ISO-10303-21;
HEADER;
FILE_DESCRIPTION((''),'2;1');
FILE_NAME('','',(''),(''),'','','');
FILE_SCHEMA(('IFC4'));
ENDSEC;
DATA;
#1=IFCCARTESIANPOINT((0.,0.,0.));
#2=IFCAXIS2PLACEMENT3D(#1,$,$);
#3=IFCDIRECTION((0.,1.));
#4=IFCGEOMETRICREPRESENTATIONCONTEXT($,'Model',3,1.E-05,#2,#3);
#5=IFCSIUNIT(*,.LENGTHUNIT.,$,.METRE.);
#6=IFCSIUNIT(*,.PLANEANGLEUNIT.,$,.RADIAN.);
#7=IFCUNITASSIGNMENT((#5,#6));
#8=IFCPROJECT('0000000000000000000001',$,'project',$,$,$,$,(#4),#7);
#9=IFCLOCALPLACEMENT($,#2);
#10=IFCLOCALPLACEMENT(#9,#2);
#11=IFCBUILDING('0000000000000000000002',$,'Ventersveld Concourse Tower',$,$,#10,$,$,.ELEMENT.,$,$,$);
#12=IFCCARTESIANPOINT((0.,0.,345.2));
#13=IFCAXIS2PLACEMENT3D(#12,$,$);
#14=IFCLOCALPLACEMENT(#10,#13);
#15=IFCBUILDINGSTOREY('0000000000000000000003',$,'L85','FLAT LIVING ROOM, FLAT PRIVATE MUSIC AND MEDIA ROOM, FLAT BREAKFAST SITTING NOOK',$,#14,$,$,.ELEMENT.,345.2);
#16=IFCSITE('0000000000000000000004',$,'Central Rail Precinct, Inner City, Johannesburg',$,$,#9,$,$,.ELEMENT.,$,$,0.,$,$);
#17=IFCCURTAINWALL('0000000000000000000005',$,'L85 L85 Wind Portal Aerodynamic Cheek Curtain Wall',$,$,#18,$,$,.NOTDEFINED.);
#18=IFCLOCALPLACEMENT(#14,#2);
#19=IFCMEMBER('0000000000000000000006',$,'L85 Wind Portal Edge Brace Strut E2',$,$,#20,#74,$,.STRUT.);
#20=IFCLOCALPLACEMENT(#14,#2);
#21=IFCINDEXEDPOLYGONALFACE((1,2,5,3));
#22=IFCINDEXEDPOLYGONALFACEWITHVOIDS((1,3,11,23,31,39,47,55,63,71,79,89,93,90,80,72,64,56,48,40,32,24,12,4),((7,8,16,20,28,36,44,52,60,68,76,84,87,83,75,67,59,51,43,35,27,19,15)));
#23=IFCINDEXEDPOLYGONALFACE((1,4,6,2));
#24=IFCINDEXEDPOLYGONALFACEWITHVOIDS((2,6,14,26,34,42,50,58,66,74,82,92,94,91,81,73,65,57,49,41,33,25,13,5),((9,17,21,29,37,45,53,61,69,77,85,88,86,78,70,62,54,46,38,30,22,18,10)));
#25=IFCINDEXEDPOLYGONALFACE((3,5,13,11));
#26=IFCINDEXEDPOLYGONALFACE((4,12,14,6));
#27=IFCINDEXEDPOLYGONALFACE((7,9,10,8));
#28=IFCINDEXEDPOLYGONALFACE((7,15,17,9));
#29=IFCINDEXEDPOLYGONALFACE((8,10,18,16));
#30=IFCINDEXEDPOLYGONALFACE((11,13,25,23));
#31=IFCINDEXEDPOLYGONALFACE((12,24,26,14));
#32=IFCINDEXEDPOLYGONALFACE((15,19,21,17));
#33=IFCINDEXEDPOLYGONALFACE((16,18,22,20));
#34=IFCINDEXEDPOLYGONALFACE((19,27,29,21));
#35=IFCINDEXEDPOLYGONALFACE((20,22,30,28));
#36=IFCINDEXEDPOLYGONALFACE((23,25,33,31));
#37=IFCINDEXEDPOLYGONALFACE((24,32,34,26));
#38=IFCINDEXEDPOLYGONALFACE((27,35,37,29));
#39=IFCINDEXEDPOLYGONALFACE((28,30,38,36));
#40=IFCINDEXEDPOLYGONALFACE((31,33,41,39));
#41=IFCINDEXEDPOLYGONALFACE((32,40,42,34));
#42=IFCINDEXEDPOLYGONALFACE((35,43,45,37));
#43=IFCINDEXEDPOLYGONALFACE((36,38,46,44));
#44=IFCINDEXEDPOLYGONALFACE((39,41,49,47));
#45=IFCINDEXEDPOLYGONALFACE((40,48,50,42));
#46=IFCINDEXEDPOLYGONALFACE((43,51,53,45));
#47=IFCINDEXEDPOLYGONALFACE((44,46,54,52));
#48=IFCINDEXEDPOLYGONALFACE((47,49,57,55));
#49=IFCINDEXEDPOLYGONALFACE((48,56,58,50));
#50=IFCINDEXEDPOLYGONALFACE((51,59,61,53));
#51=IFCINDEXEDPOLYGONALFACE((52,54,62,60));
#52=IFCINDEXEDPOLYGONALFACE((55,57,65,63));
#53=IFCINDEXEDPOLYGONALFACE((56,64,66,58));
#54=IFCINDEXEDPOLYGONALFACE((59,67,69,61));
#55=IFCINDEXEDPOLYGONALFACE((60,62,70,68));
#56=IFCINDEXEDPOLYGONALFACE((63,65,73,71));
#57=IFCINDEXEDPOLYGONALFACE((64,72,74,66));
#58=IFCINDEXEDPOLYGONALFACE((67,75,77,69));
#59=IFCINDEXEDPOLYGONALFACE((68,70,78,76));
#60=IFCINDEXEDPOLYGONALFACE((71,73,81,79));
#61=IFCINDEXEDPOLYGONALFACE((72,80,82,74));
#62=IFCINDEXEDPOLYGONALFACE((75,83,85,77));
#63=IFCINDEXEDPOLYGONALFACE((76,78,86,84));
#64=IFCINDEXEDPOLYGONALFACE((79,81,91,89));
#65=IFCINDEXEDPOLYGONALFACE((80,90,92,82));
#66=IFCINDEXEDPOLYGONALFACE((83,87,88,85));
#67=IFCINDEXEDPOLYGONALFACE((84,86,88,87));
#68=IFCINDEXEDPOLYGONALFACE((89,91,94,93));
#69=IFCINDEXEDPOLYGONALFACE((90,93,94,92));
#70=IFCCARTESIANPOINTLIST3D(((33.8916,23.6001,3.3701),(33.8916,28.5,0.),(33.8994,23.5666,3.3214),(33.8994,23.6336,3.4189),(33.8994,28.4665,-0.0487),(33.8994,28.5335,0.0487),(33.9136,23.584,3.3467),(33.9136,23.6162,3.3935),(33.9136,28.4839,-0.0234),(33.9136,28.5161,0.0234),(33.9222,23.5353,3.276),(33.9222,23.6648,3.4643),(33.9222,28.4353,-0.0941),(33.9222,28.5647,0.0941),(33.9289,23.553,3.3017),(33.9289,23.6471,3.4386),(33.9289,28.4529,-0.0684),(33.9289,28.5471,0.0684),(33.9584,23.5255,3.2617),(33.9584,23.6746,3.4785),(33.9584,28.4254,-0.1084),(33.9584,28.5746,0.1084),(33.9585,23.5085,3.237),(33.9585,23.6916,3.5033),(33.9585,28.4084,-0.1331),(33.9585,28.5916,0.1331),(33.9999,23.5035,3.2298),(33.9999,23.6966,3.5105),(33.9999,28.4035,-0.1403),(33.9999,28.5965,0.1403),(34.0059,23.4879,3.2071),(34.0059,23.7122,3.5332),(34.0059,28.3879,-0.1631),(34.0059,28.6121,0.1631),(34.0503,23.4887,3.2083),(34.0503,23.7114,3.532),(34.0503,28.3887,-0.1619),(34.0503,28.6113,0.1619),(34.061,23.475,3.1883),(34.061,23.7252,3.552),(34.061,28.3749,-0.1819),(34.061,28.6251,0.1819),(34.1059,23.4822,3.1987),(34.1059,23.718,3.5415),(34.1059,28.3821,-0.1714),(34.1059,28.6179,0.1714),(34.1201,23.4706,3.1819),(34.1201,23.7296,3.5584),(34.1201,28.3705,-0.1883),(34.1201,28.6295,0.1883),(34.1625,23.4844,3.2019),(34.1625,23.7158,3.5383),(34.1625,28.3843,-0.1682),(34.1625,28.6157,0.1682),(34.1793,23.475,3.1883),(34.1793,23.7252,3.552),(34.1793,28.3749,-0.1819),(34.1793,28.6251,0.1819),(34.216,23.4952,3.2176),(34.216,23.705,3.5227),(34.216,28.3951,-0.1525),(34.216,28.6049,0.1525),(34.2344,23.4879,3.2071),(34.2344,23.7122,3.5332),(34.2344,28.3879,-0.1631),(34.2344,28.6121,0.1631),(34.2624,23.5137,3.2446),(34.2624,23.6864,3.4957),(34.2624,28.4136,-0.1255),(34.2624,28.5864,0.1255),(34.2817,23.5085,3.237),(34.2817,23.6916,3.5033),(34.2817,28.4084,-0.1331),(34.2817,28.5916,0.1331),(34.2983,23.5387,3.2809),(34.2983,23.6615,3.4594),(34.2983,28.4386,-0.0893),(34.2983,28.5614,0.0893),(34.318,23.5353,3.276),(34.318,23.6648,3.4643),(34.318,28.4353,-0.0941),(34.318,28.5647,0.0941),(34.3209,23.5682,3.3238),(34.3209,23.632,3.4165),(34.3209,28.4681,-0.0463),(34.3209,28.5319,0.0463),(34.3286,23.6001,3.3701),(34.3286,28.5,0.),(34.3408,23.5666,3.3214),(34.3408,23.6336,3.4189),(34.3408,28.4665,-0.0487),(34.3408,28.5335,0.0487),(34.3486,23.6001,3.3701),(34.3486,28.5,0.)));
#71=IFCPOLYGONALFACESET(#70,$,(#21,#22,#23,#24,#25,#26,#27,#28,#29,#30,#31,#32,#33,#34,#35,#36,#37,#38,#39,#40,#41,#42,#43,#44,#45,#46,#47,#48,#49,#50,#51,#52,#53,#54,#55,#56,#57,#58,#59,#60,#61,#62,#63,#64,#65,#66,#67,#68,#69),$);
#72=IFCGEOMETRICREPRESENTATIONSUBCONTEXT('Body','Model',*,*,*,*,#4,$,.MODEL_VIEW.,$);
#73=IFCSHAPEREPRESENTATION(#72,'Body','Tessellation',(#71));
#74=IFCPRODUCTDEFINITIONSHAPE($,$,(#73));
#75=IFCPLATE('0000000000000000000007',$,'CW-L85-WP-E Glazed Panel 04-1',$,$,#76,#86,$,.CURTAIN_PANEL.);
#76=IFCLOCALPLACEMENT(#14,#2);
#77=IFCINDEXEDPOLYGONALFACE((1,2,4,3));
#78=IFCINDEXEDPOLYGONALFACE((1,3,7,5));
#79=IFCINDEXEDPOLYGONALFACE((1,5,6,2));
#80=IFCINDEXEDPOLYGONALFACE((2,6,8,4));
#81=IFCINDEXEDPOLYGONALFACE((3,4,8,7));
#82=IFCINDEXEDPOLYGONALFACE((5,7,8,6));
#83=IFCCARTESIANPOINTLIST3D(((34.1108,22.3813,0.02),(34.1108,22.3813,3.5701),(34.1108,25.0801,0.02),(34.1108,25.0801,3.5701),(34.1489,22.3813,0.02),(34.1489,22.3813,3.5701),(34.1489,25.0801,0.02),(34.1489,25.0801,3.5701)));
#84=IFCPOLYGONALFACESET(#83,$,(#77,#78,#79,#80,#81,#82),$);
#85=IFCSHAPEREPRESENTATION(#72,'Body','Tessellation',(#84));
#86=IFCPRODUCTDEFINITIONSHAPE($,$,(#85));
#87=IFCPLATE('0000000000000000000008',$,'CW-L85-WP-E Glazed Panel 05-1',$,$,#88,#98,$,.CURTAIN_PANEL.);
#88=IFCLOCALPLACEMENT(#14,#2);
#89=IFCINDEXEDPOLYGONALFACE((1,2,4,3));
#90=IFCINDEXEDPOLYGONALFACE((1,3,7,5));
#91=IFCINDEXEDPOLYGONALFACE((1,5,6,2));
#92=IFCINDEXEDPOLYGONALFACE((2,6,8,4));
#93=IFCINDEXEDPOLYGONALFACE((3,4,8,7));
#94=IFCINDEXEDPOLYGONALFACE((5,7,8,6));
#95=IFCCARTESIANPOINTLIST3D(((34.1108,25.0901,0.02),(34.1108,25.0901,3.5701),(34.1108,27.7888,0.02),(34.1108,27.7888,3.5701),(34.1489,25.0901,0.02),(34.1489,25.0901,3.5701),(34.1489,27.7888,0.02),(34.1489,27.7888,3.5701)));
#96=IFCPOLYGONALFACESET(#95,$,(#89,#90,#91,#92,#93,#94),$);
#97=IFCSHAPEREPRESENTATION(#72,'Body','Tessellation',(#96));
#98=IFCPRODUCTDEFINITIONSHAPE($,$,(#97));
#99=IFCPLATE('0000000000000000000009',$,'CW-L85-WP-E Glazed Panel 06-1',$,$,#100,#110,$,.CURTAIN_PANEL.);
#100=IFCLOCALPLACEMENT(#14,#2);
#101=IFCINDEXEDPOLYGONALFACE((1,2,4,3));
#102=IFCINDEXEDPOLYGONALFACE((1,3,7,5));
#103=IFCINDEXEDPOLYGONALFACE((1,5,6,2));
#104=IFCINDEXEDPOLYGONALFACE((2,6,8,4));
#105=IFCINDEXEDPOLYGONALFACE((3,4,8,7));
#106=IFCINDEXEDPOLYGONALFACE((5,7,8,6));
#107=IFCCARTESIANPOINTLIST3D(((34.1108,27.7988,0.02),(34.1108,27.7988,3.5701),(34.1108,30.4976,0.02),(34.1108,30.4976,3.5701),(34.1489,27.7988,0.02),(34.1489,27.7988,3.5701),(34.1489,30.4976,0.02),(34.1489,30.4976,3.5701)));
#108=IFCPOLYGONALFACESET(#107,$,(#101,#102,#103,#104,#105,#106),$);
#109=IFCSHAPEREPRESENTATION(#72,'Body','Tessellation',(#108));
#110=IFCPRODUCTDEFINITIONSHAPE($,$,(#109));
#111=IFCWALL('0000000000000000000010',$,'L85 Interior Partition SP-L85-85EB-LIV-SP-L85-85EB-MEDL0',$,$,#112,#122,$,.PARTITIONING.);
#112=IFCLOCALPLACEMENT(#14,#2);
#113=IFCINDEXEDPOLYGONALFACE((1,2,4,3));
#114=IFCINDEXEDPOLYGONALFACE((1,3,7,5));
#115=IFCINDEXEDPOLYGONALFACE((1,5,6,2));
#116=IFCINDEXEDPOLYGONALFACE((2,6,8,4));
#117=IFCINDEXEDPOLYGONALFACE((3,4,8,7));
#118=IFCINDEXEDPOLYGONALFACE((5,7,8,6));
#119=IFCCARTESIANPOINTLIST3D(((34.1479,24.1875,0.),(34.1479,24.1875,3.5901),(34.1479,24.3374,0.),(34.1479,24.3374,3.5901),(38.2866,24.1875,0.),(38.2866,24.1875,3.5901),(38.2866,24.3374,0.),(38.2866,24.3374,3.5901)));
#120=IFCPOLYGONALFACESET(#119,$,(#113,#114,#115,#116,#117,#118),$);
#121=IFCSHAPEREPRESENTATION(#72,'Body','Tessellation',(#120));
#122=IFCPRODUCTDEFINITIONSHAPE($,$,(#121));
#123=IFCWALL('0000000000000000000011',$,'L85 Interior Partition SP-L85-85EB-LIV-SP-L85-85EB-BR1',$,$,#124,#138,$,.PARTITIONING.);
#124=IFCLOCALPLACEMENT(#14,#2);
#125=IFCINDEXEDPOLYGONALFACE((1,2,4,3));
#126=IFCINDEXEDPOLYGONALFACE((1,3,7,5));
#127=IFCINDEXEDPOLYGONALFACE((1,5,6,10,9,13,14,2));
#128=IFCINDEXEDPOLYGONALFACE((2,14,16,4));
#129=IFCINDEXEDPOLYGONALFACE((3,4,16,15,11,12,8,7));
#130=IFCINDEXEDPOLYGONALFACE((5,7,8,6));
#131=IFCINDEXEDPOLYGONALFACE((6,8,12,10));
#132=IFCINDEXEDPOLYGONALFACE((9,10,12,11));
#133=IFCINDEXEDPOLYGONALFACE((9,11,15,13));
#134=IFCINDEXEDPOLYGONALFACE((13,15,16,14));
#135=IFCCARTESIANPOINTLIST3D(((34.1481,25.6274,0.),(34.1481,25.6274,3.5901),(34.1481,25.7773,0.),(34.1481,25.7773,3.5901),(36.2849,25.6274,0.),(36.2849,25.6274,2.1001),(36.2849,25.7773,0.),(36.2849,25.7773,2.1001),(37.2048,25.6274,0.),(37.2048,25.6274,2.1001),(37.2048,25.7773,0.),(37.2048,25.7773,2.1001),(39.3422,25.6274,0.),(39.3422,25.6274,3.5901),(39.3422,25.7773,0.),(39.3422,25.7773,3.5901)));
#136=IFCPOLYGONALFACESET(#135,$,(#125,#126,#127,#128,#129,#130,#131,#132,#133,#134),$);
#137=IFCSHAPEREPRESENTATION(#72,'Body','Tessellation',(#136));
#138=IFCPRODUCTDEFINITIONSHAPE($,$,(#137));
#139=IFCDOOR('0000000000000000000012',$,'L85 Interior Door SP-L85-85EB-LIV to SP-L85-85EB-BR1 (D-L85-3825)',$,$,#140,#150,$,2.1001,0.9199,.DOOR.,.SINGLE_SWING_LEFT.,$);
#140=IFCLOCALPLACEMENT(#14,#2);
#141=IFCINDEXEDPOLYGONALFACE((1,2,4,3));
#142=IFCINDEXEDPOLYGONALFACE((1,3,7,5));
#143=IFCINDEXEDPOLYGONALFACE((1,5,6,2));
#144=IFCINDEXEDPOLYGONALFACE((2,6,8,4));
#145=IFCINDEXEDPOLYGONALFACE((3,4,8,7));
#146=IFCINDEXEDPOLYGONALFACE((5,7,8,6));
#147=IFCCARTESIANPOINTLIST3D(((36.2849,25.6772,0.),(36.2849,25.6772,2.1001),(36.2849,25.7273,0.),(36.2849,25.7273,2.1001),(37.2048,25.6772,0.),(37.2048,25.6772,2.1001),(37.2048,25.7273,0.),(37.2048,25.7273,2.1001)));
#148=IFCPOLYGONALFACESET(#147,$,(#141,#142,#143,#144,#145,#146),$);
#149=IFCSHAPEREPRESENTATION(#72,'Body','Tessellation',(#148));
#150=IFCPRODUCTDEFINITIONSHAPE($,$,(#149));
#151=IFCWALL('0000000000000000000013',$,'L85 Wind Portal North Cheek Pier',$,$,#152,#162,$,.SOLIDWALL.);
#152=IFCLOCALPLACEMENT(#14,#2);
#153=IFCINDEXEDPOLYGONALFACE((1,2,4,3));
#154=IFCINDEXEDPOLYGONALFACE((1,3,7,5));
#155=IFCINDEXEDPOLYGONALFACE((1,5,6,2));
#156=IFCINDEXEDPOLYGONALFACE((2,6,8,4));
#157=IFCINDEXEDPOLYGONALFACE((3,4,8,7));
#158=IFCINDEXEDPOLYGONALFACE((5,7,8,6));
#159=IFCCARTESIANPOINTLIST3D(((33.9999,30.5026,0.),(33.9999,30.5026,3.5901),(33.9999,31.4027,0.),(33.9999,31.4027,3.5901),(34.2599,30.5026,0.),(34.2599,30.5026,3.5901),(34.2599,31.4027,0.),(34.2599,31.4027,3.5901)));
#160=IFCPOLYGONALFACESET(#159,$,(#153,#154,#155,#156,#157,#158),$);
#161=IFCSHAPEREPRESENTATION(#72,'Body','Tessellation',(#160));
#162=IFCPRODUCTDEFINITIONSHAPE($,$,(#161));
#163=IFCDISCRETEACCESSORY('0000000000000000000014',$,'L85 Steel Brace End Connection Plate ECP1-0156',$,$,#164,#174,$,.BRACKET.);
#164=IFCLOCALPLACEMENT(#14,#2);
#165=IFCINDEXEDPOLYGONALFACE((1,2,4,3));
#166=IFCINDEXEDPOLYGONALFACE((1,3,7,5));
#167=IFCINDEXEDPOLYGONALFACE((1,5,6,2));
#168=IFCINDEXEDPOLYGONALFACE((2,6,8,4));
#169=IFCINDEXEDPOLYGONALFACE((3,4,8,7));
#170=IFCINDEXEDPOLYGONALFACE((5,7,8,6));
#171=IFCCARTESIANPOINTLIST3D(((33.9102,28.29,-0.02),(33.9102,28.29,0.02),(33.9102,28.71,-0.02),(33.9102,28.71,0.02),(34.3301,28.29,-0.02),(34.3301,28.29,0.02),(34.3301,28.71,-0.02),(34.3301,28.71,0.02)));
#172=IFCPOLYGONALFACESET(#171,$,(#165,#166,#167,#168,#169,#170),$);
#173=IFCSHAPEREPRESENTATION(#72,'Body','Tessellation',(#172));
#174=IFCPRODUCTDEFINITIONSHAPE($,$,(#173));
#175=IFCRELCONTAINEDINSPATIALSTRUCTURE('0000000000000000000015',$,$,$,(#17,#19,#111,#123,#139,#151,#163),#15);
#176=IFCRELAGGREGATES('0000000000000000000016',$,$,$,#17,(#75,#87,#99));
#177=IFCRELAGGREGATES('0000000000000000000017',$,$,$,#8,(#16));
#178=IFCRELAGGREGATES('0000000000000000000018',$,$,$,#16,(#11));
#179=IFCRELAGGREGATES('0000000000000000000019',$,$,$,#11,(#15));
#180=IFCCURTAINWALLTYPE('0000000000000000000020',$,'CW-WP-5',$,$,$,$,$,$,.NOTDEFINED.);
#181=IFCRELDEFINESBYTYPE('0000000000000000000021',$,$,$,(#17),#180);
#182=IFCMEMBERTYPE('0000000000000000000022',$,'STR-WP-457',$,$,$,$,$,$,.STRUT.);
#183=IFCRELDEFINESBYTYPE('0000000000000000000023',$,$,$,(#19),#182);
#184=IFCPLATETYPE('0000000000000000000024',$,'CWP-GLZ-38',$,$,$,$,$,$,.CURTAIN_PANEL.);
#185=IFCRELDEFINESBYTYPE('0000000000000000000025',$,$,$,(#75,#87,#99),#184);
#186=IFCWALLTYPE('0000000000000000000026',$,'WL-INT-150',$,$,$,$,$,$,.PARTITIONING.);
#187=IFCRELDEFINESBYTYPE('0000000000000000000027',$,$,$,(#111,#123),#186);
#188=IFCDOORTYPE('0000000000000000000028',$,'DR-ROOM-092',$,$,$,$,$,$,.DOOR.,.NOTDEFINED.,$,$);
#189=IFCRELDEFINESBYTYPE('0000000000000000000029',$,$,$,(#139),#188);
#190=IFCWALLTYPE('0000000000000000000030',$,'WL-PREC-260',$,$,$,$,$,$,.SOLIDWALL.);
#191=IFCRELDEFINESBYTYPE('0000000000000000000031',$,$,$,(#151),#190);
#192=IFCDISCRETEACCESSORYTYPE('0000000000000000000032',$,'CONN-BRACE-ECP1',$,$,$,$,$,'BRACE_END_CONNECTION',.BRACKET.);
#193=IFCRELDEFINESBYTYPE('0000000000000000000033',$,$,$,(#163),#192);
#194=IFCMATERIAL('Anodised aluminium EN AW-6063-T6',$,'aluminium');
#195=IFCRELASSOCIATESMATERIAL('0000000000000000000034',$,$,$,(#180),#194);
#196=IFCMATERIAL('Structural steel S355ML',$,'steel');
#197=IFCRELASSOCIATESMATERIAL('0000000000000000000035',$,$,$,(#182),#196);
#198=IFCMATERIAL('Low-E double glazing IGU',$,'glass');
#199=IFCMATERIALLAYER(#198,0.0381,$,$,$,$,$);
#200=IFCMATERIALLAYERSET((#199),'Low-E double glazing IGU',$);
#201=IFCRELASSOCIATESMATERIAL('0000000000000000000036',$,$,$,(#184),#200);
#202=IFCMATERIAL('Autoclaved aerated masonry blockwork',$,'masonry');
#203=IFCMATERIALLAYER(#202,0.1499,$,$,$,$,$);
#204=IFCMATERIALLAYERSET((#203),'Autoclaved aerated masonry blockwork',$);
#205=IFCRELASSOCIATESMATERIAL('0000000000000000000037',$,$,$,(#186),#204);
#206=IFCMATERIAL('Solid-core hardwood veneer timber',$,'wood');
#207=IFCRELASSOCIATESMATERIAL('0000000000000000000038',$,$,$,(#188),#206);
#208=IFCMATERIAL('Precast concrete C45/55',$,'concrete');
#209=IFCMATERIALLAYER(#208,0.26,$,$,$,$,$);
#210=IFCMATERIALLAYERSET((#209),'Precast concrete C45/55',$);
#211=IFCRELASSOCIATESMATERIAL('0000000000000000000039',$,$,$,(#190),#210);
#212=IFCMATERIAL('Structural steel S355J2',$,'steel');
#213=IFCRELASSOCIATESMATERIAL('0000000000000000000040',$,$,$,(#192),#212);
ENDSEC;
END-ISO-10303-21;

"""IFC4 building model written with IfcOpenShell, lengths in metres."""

from ifc_helpers import new_model, si_unit, direction, frame, frame_2d, origin, origin_2d, place, context, subcontext, project, spatial, rectangle, hollow_circle, extrude, material, layer, layer_set, material_profile, profile_set, type_object, element, fill, aggregate, save


model = new_model("IFC4")

# Units and contexts
model_context = context("Model", 3, precision=1e-05, world=origin(), true_north=direction((0.0, 1.0)))
body_context = subcontext(model_context, "Body", "Model", "MODEL_VIEW")
ifc_project = project(units=[si_unit("LENGTHUNIT", "METRE"), si_unit("PLANEANGLEUNIT", "RADIAN")], contexts=[model_context])

# Site, building, storey
site_placement = place(None, origin())
site = spatial("IfcSite", under=ifc_project, at=site_placement, Name="Central Rail Precinct, Inner City, Johannesburg", CompositionType="ELEMENT", RefElevation=0.0)
building_placement = place(site_placement, origin())
building = spatial("IfcBuilding", under=site, at=building_placement, Name="Ventersveld Concourse Tower", CompositionType="ELEMENT")
storey_placement = place(building_placement, frame((0.0, 0.0, 345.2)))
storey = spatial("IfcBuildingStorey", under=building, at=storey_placement, Name="L85", Description="FLAT LIVING ROOM, FLAT PRIVATE MUSIC AND MEDIA ROOM, FLAT BREAKFAST SITTING NOOK", CompositionType="ELEMENT", Elevation=345.2)

# Curtain wall
ifc_material_1 = material(Name="Anodised aluminium EN AW-6063-T6", Category="aluminium")
curtain_wall_type = type_object("IfcCurtainWallType", Name="CW-WP-5", PredefinedType="NOTDEFINED", material=ifc_material_1)
curtain_wall_placement = place(storey_placement, origin())
curtain_wall = element("IfcCurtainWall", 1, at=curtain_wall_placement, inside=storey, type_object=curtain_wall_type, Name="L85 L85 Wind Portal Aerodynamic Cheek Curtain Wall", PredefinedType="NOTDEFINED")

# Shared definitions
ifc_material_2 = material(Name="Structural steel S355J2", Category="steel")

# Member
ifc_material_3 = material(Name="Structural steel S355ML", Category="steel")
ifc_material_profile_1 = material_profile(ifc_material_3, hollow_circle(Radius=0.2285, WallThickness=0.02, at=origin_2d()), Name="CHS 457x20")
ifc_profile_set_1 = profile_set([ifc_material_profile_1], Name="Structural steel S355ML")
member_type_1 = type_object("IfcMemberType", Name="STR-WP-457", PredefinedType="STRUT", material=ifc_profile_set_1)
member_1_placement = place(storey_placement, frame((34.1201, 28.5, 0.0), z_axis=(0.0, -0.823929, 0.566693), x_axis=(1.0, 0.0, 0.0)))
element("IfcMember", 2, at=member_1_placement, inside=storey, type_object=member_type_1, Name="L85 Wind Portal Edge Brace Strut E2", PredefinedType="STRUT", context=body_context, shape_type="SweptSolid", body=[
    extrude(hollow_circle(Radius=0.2285, WallThickness=0.02, at=origin_2d()), origin(), (0.0, 0.0, 1.0), 5.947),
])

# Plates
ifc_material_4 = material(Name="Low-E double glazing IGU", Category="glass")
ifc_layer_1 = layer(ifc_material_4, 0.0381)
ifc_layer_set_1 = layer_set([ifc_layer_1], Name="Low-E double glazing IGU")
plate_type = type_object("IfcPlateType", Name="CWP-GLZ-38", PredefinedType="CURTAIN_PANEL", material=ifc_layer_set_1)
plate_1_placement = place(storey_placement, frame((34.1299, 23.7307, 0.02), z_axis=(0.0, 0.0, 1.0), x_axis=(0.0, 1.0, 0.0)))
plate_1 = element("IfcPlate", 3, at=plate_1_placement, type_object=plate_type, Name="CW-L85-WP-E Glazed Panel 04-1", PredefinedType="CURTAIN_PANEL", context=body_context, shape_type="SweptSolid", body=[
    extrude(rectangle(XDim=2.6987, YDim=0.0381, at=origin_2d()), origin(), (0.0, 0.0, 1.0), 3.55),
])
plate_2_placement = place(storey_placement, frame((34.1299, 26.4395, 0.02), z_axis=(0.0, 0.0, 1.0), x_axis=(0.0, 1.0, 0.0)))
plate_2 = element("IfcPlate", 4, at=plate_2_placement, type_object=plate_type, Name="CW-L85-WP-E Glazed Panel 05-1", PredefinedType="CURTAIN_PANEL", context=body_context, shape_type="SweptSolid", body=[
    extrude(rectangle(XDim=2.6987, YDim=0.0381, at=origin_2d()), origin(), (0.0, 0.0, 1.0), 3.55),
])
plate_3_placement = place(storey_placement, frame((34.1299, 29.1482, 0.02), z_axis=(0.0, 0.0, 1.0), x_axis=(0.0, 1.0, 0.0)))
plate_3 = element("IfcPlate", 5, at=plate_3_placement, type_object=plate_type, Name="CW-L85-WP-E Glazed Panel 06-1", PredefinedType="CURTAIN_PANEL", context=body_context, shape_type="SweptSolid", body=[
    extrude(rectangle(XDim=2.6987, YDim=0.0381, at=origin_2d()), origin(), (0.0, 0.0, 1.0), 3.55),
])
aggregate(curtain_wall, [plate_1, plate_2, plate_3])

# Wall
ifc_material_5 = material(Name="Autoclaved aerated masonry blockwork", Category="masonry")
ifc_layer_2 = layer(ifc_material_5, 0.1499)
ifc_layer_set_2 = layer_set([ifc_layer_2], Name="Autoclaved aerated masonry blockwork")
wall_type_1 = type_object("IfcWallType", Name="WL-INT-150", PredefinedType="PARTITIONING", material=ifc_layer_set_2)
wall_1_placement = place(storey_placement, frame((34.1479, 24.2625, 0.0), z_axis=(0.0, 0.0, 1.0), x_axis=(1.0, 0.0, 0.0)))
element("IfcWall", 6, at=wall_1_placement, inside=storey, type_object=wall_type_1, Name="L85 Interior Partition SP-L85-85EB-LIV-SP-L85-85EB-MEDL0", PredefinedType="PARTITIONING", context=body_context, shape_type="SweptSolid", body=[
    extrude(rectangle(XDim=4.1387, YDim=0.1499, at=frame_2d((2.0693, 0.0))), origin(), (0.0, 0.0, 1.0), 3.5901),
])

# Wall, opening, door
wall_2_placement = place(storey_placement, frame((34.1479, 25.7024, 0.0), z_axis=(0.0, 0.0, 1.0), x_axis=(1.0, 0.0, 0.0)))
wall_2 = element("IfcWall", 7, at=wall_2_placement, inside=storey, type_object=wall_type_1, Name="L85 Interior Partition SP-L85-85EB-LIV-SP-L85-85EB-BR1", PredefinedType="PARTITIONING", context=body_context, shape_type="SweptSolid", body=[
    extrude(rectangle(XDim=5.1941, YDim=0.1499, at=frame_2d((2.5972, 0.0))), origin(), (0.0, 0.0, 1.0), 3.5901),
])
opening_placement = place(wall_2_placement, frame((2.137, 0.0, 0.0)))
opening = element("IfcOpeningElement", 8, at=opening_placement, cuts=wall_2, PredefinedType="OPENING", context=body_context, shape_type="SweptSolid", body=[
    extrude(rectangle(XDim=0.9199, YDim=2.1001, at=frame_2d((0.46, 1.05))), frame((0.0, 0.085, 0.0), z_axis=(0.0, -1.0, 0.0), x_axis=(1.0, 0.0, 0.0)), (0.0, 0.0, 1.0), 0.1699),
])
ifc_material_6 = material(Name="Solid-core hardwood veneer timber", Category="wood")
door_type = type_object("IfcDoorType", Name="DR-ROOM-092", OperationType="NOTDEFINED", PredefinedType="DOOR", material=ifc_material_6)
door_placement = place(opening_placement, origin())
door = element("IfcDoor", 9, at=door_placement, inside=storey, type_object=door_type, Name="L85 Interior Door SP-L85-85EB-LIV to SP-L85-85EB-BR1 (D-L85-3825)", OperationType="SINGLE_SWING_LEFT", OverallHeight=2.1001, OverallWidth=0.9199, PredefinedType="DOOR", context=body_context, shape_type="SweptSolid", body=[
    extrude(rectangle(XDim=0.9199, YDim=2.1001, at=frame_2d((0.46, 1.05))), frame((0.0, 0.0249, 0.0), z_axis=(0.0, -1.0, 0.0), x_axis=(1.0, 0.0, 0.0)), (0.0, 0.0, 1.0), 0.05),
])
fill(opening, door)

# Wall
ifc_material_7 = material(Name="Precast concrete C45/55", Category="concrete")
ifc_layer_3 = layer(ifc_material_7, 0.26)
ifc_layer_set_3 = layer_set([ifc_layer_3], Name="Precast concrete C45/55")
wall_type_2 = type_object("IfcWallType", Name="WL-PREC-260", PredefinedType="SOLIDWALL", material=ifc_layer_set_3)
wall_3_placement = place(storey_placement, frame((34.1299, 30.5024, 0.0), z_axis=(0.0, 0.0, 1.0), x_axis=(0.0, 1.0, 0.0)))
element("IfcWall", 10, at=wall_3_placement, inside=storey, type_object=wall_type_2, Name="L85 Wind Portal North Cheek Pier", PredefinedType="SOLIDWALL", context=body_context, shape_type="SweptSolid", body=[
    extrude(rectangle(XDim=0.9001, YDim=0.26, at=frame_2d((0.4502, 0.0))), origin(), (0.0, 0.0, 1.0), 3.5901),
])

# Discrete accessory
discrete_accessory_type = type_object("IfcDiscreteAccessoryType", Name="CONN-BRACE-ECP1", ElementType="BRACE_END_CONNECTION", PredefinedType="BRACKET", material=ifc_material_2)
discrete_accessory_placement = place(storey_placement, frame((34.1201, 28.5, -0.02), z_axis=(0.0, 0.0, 1.0), x_axis=(1.0, 0.0, 0.0)))
element("IfcDiscreteAccessory", 11, at=discrete_accessory_placement, inside=storey, type_object=discrete_accessory_type, Name="L85 Steel Brace End Connection Plate ECP1-0156", PredefinedType="BRACKET", context=body_context, shape_type="SweptSolid", body=[
    extrude(rectangle(XDim=0.4199, YDim=0.4199, at=origin_2d()), origin(), (0.0, 0.0, 1.0), 0.04),
])

save(model, "model.ifc")
